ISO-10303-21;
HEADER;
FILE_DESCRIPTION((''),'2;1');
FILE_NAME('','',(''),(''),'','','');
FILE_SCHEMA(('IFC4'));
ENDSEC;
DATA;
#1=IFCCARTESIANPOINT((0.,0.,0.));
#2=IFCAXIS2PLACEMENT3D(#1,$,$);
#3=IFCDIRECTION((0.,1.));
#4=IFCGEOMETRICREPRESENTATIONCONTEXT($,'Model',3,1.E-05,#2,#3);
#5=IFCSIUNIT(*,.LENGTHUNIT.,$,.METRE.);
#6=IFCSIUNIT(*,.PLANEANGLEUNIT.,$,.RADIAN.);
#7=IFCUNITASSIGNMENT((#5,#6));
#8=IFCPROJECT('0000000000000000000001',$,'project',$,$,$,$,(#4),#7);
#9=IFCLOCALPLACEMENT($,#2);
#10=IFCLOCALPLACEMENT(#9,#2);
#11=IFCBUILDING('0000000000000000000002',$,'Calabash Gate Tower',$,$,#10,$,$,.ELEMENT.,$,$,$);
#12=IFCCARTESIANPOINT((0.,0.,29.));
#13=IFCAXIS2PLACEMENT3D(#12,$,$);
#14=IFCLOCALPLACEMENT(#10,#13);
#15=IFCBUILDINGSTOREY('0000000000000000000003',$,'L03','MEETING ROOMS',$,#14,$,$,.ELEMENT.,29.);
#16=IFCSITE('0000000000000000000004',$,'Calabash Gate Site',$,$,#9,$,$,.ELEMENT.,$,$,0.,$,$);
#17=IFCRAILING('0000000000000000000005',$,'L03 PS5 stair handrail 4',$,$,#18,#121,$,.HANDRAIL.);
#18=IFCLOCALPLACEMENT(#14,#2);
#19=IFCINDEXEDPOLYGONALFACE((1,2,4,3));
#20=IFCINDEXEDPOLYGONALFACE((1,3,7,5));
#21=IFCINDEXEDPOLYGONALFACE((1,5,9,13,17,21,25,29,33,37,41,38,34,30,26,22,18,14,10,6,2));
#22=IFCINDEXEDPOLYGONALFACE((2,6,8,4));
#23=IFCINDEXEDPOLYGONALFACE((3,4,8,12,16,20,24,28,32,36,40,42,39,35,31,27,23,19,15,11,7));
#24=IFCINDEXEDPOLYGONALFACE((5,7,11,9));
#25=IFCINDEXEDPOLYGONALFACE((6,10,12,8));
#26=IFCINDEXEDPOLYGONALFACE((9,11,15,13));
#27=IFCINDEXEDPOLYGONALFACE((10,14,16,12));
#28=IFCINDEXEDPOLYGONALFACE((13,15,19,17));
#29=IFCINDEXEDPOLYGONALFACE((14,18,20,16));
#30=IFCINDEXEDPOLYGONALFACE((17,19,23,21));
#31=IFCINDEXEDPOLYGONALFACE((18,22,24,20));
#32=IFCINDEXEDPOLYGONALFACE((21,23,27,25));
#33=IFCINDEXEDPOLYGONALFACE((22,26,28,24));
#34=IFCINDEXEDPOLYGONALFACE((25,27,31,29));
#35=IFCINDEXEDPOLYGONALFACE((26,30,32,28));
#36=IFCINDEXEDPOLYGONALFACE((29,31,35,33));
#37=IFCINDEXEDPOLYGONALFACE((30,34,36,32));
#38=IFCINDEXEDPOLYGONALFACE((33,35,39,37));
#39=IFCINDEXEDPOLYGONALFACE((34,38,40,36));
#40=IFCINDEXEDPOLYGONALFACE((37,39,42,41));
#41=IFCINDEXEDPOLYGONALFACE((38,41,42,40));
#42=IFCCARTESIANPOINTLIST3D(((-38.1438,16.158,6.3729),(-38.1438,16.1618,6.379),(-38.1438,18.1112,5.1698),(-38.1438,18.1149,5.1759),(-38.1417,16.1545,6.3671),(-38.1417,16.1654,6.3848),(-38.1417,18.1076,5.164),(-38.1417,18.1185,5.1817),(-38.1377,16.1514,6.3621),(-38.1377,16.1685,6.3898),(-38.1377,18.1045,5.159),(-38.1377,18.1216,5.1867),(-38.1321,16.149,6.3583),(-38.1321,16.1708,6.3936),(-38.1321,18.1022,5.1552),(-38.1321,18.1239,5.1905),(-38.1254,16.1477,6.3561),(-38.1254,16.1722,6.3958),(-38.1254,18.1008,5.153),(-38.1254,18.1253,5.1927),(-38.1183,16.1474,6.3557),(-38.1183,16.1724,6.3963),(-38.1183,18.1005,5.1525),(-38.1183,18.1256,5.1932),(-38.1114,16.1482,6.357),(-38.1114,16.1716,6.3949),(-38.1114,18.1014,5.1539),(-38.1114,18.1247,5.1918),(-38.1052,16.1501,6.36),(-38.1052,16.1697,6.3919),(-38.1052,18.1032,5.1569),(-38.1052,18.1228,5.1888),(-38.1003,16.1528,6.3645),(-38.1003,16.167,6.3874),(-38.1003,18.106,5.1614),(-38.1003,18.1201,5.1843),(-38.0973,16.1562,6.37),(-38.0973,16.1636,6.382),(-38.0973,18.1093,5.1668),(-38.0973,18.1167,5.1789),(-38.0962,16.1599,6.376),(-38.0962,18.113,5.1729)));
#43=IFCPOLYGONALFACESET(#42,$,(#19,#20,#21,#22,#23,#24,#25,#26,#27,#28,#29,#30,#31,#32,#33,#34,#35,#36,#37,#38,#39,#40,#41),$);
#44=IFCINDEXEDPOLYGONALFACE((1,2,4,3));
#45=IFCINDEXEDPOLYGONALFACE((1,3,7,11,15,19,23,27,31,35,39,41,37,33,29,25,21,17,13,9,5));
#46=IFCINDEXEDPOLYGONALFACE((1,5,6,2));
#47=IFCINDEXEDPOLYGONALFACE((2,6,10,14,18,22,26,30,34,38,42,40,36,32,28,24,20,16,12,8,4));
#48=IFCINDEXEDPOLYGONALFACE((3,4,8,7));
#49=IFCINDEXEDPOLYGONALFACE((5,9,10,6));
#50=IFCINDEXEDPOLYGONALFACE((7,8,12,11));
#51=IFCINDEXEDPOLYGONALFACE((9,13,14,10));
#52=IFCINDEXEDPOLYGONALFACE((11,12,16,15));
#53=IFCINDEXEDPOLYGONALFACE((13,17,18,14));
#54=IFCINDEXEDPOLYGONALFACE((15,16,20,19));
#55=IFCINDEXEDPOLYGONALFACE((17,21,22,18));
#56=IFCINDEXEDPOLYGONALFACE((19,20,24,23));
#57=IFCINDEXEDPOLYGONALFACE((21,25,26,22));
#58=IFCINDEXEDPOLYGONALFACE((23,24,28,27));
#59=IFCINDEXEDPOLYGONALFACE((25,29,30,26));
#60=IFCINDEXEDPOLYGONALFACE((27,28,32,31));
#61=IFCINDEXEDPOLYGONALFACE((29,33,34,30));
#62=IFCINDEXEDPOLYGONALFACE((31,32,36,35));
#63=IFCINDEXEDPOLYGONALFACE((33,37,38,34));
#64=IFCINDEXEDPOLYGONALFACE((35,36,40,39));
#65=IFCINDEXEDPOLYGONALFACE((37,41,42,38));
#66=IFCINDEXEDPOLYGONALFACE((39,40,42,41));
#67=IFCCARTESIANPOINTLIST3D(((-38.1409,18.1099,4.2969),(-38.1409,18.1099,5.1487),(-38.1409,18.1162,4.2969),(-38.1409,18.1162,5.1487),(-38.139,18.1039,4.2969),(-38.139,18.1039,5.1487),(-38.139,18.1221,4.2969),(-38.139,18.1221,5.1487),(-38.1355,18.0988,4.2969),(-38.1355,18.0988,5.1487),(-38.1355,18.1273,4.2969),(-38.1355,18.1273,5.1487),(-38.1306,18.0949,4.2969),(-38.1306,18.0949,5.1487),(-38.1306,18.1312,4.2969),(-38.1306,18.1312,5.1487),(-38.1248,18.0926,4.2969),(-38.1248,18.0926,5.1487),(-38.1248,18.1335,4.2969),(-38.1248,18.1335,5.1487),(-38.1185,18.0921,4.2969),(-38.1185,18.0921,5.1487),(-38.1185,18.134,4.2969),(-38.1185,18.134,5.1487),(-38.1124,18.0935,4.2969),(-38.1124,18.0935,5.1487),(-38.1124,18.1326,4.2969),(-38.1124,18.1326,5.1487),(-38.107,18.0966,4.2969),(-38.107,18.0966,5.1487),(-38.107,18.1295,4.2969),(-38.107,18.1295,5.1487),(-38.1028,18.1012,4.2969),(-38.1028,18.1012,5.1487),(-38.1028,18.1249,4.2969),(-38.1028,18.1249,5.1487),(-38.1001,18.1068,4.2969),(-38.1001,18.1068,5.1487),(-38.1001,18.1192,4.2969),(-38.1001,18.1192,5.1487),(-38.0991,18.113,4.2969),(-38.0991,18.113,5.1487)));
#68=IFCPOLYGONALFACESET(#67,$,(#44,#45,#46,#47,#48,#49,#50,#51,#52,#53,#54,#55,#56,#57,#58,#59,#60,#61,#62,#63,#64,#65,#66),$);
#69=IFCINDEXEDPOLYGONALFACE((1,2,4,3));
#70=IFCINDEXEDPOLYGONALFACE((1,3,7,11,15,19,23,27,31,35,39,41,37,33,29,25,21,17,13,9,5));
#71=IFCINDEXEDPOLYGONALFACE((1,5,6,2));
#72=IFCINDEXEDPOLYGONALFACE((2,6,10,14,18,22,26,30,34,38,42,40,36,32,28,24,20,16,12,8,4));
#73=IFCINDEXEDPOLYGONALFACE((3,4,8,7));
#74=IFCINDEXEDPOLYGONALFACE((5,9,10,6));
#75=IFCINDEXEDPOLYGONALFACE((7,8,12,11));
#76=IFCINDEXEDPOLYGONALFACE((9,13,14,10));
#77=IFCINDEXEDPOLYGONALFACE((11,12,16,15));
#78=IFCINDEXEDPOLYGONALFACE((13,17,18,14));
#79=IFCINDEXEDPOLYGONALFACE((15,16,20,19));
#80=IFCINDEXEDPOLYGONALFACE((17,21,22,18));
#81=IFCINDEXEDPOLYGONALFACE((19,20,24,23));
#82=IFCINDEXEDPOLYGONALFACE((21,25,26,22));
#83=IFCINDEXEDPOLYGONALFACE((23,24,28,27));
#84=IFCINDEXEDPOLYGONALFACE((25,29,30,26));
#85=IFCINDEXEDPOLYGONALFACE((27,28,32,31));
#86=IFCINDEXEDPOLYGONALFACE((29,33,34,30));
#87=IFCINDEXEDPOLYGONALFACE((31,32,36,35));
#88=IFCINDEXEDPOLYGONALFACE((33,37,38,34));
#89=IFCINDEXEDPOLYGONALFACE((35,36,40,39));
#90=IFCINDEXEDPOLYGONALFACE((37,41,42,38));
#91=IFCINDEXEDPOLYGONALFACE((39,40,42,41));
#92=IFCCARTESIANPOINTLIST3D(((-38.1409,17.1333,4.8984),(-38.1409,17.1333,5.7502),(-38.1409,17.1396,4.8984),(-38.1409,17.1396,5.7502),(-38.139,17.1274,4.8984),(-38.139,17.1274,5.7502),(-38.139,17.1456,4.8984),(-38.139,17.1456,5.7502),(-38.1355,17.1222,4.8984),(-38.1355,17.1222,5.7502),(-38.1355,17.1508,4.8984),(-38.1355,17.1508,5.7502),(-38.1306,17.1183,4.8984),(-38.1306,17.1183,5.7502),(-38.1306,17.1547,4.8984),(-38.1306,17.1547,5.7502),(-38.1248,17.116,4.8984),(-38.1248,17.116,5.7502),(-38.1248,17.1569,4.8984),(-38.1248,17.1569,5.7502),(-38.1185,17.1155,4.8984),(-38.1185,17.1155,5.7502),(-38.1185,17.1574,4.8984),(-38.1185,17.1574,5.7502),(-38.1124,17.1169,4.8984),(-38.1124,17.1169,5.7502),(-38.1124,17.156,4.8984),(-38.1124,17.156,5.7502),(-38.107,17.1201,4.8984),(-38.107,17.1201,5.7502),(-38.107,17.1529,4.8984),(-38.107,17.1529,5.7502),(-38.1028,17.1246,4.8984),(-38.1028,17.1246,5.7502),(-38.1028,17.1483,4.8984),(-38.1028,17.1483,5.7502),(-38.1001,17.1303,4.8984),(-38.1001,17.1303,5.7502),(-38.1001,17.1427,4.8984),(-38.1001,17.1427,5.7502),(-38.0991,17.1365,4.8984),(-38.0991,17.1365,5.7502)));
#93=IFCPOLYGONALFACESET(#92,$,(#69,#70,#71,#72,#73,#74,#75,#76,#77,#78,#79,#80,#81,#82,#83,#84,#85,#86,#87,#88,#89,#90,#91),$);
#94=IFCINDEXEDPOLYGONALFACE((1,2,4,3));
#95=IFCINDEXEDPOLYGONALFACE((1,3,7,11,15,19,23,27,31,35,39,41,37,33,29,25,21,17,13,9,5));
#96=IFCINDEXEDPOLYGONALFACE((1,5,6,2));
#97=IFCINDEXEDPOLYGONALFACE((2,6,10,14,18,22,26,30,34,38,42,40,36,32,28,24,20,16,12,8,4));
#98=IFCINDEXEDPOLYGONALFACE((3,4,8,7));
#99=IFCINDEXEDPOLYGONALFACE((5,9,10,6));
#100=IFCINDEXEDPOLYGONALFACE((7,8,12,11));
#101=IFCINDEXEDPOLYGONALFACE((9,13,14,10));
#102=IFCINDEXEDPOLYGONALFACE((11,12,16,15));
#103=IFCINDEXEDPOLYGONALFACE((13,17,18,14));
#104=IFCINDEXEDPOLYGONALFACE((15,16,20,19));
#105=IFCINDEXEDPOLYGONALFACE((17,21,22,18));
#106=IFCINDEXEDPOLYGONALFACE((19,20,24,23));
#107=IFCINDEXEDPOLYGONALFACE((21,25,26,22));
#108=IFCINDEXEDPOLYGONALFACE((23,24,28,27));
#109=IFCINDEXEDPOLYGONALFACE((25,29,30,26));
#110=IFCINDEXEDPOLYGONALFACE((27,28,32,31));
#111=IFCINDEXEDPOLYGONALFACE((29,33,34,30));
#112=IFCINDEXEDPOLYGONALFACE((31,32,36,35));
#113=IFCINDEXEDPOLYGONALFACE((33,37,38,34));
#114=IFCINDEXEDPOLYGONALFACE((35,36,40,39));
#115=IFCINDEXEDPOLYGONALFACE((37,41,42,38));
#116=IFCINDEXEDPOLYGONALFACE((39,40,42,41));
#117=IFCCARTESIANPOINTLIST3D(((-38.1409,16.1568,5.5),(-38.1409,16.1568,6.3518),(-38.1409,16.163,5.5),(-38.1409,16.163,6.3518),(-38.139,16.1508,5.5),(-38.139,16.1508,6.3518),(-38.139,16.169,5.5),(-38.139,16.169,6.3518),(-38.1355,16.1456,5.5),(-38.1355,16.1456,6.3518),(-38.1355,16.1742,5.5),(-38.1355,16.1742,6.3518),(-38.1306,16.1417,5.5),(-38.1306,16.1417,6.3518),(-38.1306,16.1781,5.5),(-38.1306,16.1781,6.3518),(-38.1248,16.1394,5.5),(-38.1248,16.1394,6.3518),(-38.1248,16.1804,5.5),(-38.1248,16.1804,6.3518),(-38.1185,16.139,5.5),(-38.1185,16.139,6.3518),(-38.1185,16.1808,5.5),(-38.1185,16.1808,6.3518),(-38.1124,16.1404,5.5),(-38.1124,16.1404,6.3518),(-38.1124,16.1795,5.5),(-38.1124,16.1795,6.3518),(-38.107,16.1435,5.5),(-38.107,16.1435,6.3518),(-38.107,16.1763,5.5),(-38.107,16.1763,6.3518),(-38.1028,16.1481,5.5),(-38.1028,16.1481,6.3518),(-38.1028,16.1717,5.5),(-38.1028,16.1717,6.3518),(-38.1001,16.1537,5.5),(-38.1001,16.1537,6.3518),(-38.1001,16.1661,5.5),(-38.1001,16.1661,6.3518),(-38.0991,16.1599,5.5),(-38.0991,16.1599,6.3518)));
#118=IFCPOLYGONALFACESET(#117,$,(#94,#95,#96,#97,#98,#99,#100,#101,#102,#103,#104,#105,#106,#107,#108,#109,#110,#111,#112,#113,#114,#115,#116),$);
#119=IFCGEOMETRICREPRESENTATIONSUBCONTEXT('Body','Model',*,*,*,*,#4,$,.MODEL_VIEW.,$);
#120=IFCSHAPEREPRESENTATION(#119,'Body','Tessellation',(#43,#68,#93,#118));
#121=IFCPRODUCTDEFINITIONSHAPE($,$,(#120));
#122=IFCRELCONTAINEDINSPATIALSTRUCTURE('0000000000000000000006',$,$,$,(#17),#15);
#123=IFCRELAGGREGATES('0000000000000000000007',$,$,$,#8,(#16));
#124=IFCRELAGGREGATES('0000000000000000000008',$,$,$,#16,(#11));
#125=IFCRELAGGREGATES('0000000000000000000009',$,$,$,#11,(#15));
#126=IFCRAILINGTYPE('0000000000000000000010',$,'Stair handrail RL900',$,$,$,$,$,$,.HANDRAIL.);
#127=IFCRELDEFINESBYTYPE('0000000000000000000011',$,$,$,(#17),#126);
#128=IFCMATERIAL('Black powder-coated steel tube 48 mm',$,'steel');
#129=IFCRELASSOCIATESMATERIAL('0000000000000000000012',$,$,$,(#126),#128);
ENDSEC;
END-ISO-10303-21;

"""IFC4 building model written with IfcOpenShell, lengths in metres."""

from ifc_helpers import new_model, si_unit, direction, frame, origin, origin_2d, place, context, subcontext, project, spatial, circle, extrude, material, type_object, element, save


model = new_model("IFC4")

# Units and contexts
model_context = context("Model", 3, precision=1e-05, world=origin(), true_north=direction((0.0, 1.0)))
body_context = subcontext(model_context, "Body", "Model", "MODEL_VIEW")
ifc_project = project(units=[si_unit("LENGTHUNIT", "METRE"), si_unit("PLANEANGLEUNIT", "RADIAN")], contexts=[model_context])

# Site, building, storey
site_placement = place(None, origin())
site = spatial("IfcSite", under=ifc_project, at=site_placement, Name="Calabash Gate Site", CompositionType="ELEMENT", RefElevation=0.0)
building_placement = place(site_placement, origin())
building = spatial("IfcBuilding", under=site, at=building_placement, Name="Calabash Gate Tower", CompositionType="ELEMENT")
storey_placement = place(building_placement, frame((0.0, 0.0, 29.0)))
storey = spatial("IfcBuildingStorey", under=building, at=storey_placement, Name="L03", Description="MEETING ROOMS", CompositionType="ELEMENT", Elevation=29.0)

# Railing
ifc_material_1 = material(Name="Black powder-coated steel tube 48 mm", Category="steel")
railing_type_1 = type_object("IfcRailingType", Name="Stair handrail RL900", PredefinedType="HANDRAIL", material=ifc_material_1)
for number, where, name in (
    (1, (-38.1201, 18.113, 4.2969), "L03 PS5 stair handrail 4"),
):
    element("IfcRailing", number, at=place(storey_placement, frame(where)), inside=storey, type_object=railing_type_1, Name=name, PredefinedType="HANDRAIL", context=body_context, shape_type="SweptSolid", body=[
        extrude(circle(Radius=0.0239, at=origin_2d()), frame((0.0, 0.0, 0.876), z_axis=(0.0, -0.851424, 0.524477), x_axis=(1.0, 0.0, 0.0)), (0.0, 0.0, 1.0), 2.2939),
        extrude(circle(Radius=0.021, at=origin_2d()), origin(), (0.0, 0.0, 1.0), 0.8518),
        extrude(circle(Radius=0.021, at=origin_2d()), frame((0.0, -0.9766, 0.6016)), (0.0, 0.0, 1.0), 0.8518),
        extrude(circle(Radius=0.021, at=origin_2d()), frame((0.0, -1.9531, 1.2031)), (0.0, 0.0, 1.0), 0.8518),
    ])

save(model, "model.ifc")
